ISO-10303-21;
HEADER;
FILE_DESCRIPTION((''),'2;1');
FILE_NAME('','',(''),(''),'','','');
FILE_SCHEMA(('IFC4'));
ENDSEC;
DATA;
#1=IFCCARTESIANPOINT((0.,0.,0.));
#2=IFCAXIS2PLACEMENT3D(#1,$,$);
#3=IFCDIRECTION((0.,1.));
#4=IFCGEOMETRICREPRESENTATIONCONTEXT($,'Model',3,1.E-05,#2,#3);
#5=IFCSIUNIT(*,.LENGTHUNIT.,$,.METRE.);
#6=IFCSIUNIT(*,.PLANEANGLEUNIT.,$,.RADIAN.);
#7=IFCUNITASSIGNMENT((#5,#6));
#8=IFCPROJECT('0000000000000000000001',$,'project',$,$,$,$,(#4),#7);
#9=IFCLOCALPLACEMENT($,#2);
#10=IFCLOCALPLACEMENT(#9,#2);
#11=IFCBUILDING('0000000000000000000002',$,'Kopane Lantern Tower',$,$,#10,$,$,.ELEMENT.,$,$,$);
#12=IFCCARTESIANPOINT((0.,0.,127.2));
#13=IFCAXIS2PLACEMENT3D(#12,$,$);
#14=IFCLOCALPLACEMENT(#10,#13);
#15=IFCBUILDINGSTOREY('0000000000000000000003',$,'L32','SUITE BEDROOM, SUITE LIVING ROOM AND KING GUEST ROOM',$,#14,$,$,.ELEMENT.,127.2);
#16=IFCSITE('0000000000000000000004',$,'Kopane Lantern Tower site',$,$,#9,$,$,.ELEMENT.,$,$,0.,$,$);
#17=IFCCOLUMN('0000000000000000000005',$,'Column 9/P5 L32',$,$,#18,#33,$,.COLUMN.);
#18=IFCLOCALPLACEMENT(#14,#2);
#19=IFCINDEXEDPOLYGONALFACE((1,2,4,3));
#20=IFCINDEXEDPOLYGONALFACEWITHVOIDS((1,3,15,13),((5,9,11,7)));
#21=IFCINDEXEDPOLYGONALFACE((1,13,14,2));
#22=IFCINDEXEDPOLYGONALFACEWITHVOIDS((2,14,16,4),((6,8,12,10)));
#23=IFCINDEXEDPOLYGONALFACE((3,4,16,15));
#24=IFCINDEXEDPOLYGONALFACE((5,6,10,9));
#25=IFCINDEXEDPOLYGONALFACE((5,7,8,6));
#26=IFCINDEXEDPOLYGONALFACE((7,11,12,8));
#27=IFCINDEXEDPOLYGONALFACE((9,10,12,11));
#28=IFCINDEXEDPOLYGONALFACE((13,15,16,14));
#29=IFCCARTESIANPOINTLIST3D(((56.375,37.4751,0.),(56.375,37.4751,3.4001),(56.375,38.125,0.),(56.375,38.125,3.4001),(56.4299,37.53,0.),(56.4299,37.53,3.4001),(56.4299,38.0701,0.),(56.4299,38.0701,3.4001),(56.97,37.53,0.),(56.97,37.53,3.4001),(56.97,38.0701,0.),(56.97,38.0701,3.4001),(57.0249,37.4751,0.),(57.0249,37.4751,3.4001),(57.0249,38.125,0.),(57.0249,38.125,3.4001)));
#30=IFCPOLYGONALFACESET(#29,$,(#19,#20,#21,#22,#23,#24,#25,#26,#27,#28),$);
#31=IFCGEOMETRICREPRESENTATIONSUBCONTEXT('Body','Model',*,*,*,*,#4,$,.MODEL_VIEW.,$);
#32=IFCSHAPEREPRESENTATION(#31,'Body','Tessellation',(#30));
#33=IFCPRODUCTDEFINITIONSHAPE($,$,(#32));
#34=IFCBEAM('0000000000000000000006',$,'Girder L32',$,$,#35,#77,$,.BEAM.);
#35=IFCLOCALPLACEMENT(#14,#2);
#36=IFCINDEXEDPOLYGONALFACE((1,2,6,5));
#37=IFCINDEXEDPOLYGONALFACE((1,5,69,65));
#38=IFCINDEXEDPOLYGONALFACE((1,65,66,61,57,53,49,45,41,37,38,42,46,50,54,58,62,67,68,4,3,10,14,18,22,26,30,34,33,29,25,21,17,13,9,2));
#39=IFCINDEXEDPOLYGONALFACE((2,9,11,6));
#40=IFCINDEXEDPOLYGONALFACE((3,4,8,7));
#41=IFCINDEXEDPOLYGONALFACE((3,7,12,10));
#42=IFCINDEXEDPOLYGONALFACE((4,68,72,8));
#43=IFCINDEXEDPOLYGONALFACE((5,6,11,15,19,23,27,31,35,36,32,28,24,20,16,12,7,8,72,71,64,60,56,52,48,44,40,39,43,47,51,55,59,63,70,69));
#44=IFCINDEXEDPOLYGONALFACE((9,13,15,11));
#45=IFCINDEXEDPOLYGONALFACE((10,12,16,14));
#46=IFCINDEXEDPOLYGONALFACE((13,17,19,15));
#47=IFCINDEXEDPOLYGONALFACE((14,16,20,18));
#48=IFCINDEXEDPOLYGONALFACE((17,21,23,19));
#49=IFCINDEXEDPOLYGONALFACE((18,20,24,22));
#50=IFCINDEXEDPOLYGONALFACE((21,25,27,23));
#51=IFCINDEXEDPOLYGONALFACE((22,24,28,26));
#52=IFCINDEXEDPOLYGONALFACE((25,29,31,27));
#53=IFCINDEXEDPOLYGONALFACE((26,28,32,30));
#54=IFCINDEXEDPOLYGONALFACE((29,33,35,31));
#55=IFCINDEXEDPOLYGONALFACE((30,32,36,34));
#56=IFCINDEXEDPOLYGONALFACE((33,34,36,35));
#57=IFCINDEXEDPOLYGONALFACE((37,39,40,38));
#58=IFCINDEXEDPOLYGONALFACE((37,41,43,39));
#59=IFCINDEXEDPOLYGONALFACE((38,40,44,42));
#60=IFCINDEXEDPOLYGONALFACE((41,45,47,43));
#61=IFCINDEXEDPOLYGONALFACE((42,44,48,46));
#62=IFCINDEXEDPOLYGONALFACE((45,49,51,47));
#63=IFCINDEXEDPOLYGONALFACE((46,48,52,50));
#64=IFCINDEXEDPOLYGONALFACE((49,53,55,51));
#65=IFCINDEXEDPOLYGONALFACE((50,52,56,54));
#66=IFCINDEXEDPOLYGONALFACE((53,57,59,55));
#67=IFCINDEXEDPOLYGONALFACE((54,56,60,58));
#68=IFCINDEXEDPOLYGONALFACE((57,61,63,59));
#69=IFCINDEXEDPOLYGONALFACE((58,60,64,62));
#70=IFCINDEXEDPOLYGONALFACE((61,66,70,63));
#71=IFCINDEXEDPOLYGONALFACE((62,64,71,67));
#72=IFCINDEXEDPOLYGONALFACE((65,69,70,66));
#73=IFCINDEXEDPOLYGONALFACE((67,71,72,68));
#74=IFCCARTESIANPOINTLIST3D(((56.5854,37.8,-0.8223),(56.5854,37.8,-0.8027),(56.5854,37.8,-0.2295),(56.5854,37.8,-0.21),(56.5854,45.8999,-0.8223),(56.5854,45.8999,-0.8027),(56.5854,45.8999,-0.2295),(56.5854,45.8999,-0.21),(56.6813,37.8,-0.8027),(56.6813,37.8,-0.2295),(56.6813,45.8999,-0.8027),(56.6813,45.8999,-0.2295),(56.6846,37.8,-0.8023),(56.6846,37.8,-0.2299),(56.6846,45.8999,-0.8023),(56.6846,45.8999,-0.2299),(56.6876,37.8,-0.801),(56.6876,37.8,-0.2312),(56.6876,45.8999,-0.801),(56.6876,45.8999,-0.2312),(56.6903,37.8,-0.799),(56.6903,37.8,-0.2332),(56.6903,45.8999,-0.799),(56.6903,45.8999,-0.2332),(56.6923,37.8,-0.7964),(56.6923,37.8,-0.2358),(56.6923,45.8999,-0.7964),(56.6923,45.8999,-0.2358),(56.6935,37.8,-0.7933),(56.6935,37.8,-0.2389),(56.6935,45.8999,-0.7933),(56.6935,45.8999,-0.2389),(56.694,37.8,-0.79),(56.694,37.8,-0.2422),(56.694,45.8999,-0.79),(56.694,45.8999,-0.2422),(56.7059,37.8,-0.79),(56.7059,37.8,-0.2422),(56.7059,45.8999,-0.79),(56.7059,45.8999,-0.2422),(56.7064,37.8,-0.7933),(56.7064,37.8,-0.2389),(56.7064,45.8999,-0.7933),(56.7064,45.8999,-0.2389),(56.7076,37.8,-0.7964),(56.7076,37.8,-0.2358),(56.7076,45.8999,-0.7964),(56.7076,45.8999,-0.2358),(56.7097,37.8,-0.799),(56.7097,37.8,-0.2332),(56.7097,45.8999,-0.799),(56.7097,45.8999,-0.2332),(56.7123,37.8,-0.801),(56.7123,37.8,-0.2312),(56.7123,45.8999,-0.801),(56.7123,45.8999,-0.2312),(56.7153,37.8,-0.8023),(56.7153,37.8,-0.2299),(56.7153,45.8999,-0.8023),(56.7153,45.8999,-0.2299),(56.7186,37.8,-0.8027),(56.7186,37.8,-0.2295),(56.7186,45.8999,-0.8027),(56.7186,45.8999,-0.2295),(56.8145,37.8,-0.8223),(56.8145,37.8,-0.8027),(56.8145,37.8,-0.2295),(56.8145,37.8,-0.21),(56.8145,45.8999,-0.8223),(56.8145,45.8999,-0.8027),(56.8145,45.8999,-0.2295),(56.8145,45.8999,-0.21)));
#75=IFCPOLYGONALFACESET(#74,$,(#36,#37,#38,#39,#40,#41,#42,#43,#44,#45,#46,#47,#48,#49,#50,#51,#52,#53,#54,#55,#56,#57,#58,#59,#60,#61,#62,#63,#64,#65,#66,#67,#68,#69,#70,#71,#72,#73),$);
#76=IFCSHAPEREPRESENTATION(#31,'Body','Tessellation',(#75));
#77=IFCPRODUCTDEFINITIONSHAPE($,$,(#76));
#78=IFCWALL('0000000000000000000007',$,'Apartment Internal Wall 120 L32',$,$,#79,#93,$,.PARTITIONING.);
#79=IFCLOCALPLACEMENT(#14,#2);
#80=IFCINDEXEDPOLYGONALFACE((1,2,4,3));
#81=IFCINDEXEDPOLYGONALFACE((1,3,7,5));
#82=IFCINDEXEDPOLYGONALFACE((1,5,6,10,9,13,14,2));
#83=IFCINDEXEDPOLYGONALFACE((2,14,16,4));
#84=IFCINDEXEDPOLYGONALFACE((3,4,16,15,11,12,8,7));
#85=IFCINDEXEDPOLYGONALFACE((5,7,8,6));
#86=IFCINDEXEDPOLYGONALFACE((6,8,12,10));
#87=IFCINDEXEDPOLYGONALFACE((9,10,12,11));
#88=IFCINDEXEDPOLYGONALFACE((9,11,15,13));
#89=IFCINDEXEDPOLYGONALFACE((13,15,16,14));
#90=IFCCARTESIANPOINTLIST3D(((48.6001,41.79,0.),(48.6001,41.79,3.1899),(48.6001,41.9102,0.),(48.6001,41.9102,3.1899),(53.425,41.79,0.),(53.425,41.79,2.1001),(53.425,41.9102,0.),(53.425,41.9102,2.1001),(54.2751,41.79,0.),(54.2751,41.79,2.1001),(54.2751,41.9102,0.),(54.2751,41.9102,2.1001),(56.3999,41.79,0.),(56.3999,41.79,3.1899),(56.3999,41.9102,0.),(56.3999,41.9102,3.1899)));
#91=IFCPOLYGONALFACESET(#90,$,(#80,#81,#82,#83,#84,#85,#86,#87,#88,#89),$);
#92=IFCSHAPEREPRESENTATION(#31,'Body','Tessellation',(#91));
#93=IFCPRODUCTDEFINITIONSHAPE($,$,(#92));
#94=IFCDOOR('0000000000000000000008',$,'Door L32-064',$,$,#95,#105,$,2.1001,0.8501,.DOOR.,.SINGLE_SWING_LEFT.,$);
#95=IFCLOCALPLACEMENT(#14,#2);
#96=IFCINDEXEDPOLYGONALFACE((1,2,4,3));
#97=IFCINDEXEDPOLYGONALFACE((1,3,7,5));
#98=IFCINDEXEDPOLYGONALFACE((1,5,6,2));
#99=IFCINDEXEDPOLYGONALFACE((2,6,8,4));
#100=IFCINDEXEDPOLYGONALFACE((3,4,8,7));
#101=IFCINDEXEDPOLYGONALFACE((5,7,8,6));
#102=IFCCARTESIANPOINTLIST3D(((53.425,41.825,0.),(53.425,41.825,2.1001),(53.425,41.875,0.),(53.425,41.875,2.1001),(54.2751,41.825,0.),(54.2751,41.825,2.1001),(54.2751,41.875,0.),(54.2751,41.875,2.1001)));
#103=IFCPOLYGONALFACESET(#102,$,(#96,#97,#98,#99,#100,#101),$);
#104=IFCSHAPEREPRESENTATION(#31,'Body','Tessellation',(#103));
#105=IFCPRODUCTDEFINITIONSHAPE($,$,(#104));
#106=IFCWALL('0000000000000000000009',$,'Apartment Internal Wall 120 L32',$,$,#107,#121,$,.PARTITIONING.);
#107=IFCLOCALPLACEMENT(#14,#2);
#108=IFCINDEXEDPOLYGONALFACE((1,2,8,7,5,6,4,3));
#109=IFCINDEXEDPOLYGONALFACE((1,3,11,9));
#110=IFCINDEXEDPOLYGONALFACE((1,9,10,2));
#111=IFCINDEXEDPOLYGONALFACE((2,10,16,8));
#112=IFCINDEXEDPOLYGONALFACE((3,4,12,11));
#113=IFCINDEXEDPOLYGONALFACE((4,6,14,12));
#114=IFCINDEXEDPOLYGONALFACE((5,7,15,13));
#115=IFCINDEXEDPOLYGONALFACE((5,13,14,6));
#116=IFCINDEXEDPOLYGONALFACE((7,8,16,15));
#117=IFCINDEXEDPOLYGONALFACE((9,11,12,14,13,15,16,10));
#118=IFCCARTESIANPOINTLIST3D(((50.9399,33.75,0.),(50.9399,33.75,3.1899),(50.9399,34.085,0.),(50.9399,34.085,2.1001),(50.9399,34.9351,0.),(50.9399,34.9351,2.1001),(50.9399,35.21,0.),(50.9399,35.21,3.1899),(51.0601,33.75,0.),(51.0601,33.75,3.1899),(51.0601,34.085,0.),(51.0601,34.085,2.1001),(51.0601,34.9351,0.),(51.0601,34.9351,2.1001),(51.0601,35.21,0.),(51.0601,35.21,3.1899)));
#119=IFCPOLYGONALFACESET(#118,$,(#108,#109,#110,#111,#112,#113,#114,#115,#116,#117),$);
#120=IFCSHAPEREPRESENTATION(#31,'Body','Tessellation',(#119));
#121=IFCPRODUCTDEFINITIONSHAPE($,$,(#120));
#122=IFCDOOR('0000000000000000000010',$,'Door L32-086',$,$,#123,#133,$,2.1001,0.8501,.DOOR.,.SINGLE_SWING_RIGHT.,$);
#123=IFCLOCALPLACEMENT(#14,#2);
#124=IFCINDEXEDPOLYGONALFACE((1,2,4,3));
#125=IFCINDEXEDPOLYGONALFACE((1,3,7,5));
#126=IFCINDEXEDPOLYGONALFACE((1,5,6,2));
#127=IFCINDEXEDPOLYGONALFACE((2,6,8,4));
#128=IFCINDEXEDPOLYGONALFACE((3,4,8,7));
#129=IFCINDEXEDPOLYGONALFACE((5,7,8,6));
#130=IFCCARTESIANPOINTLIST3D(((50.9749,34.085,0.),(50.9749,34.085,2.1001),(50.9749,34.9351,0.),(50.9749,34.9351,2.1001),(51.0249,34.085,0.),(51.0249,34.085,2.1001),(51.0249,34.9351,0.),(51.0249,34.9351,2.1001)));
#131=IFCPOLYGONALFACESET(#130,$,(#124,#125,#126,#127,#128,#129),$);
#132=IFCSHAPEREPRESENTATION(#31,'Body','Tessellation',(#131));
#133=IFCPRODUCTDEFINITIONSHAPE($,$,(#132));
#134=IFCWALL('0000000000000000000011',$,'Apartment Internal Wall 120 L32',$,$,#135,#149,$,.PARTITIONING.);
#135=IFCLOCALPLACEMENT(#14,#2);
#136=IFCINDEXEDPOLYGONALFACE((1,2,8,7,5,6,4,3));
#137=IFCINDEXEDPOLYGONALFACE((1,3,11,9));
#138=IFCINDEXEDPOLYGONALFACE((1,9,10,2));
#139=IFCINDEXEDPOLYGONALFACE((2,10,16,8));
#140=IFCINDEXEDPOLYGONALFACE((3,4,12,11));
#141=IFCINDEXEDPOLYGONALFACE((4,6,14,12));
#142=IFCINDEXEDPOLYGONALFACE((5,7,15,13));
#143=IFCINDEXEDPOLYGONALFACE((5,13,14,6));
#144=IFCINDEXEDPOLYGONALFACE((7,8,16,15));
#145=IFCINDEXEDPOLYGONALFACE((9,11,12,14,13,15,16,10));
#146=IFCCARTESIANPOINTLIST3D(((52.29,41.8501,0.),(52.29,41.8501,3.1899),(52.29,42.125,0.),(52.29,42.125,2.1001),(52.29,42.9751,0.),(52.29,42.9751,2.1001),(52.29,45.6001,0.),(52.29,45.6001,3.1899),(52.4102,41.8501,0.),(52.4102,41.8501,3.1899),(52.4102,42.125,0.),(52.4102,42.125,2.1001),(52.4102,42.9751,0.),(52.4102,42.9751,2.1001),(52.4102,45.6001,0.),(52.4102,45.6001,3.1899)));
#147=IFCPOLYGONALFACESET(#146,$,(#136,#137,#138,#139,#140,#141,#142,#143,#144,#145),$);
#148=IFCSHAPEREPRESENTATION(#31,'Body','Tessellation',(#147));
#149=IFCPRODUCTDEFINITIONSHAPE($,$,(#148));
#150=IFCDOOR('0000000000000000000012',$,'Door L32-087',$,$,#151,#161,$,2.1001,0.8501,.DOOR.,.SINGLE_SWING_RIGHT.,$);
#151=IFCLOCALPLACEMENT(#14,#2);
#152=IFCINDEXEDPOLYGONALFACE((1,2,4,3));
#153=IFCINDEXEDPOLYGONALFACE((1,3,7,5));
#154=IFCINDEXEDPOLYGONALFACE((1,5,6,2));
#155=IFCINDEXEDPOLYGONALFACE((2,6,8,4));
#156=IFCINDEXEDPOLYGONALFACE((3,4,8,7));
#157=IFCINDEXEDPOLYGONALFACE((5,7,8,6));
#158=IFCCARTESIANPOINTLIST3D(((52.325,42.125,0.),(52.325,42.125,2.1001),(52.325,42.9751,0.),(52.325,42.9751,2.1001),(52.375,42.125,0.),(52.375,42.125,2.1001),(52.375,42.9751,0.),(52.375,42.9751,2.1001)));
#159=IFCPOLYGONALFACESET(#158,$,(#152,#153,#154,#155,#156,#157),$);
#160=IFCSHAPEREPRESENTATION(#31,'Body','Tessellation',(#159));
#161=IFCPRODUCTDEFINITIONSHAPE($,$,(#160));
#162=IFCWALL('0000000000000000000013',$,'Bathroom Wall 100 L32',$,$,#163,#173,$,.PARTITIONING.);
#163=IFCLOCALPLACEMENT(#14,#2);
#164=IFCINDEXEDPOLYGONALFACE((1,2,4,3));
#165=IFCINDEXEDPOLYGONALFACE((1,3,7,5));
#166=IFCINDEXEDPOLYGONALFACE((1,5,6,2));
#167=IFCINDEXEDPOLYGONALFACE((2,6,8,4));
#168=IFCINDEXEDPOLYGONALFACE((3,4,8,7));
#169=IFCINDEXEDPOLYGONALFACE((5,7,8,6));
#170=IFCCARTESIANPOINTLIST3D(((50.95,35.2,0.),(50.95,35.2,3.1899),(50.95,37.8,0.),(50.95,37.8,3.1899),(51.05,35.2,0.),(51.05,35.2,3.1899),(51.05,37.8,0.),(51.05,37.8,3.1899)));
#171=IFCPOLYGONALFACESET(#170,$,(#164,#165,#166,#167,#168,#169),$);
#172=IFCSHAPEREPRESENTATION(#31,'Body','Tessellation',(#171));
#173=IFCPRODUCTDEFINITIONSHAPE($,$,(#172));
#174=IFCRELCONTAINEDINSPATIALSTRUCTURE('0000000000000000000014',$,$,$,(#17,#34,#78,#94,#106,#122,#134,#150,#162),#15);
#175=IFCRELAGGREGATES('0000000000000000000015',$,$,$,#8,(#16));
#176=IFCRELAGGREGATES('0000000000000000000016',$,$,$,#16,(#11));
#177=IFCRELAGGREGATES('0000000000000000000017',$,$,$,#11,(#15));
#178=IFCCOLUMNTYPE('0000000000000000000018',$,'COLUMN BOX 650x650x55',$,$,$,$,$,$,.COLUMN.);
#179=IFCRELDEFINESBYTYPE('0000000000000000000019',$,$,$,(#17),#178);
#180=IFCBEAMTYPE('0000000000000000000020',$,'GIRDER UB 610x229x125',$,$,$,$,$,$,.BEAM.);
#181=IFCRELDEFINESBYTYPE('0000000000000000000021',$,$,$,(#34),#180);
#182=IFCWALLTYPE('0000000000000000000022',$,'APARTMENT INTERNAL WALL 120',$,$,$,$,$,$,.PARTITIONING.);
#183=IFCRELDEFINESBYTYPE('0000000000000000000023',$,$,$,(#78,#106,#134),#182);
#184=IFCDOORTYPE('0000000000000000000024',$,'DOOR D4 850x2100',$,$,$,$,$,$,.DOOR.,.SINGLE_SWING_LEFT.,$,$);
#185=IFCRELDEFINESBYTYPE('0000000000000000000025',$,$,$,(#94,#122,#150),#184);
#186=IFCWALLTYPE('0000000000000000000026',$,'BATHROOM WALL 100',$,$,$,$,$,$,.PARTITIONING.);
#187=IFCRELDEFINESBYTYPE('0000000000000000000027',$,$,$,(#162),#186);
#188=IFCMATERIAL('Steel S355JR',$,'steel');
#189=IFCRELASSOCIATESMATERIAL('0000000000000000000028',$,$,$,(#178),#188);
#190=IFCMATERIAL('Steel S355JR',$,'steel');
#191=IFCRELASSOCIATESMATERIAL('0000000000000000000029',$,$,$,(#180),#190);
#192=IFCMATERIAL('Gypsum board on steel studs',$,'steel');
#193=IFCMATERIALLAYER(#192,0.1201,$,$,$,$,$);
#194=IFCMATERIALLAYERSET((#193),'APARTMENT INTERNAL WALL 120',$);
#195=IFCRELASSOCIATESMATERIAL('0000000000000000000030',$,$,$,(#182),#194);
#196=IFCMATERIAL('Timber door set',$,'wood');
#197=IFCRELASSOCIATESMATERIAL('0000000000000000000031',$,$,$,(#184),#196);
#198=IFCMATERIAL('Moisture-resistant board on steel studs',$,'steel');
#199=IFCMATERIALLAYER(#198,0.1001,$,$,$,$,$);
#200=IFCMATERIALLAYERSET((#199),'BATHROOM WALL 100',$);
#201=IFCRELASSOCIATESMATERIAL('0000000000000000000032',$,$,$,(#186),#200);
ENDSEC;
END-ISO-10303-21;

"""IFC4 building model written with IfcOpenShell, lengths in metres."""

from ifc_helpers import new_model, si_unit, direction, frame, frame_2d, origin, origin_2d, place, context, subcontext, project, spatial, rectangle, hollow_rectangle, i_section, extrude, material, layer, layer_set, material_profile, profile_set, type_object, element, fill, save


model = new_model("IFC4")

# Units and contexts
model_context = context("Model", 3, precision=1e-05, world=origin(), true_north=direction((0.0, 1.0)))
body_context = subcontext(model_context, "Body", "Model", "MODEL_VIEW")
ifc_project = project(units=[si_unit("LENGTHUNIT", "METRE"), si_unit("PLANEANGLEUNIT", "RADIAN")], contexts=[model_context])

# Site, building, storey
site_placement = place(None, origin())
site = spatial("IfcSite", under=ifc_project, at=site_placement, Name="Kopane Lantern Tower site", CompositionType="ELEMENT", RefElevation=0.0)
building_placement = place(site_placement, origin())
building = spatial("IfcBuilding", under=site, at=building_placement, Name="Kopane Lantern Tower", CompositionType="ELEMENT")
storey_placement = place(building_placement, frame((0.0, 0.0, 127.2)))
storey = spatial("IfcBuildingStorey", under=building, at=storey_placement, Name="L32", Description="SUITE BEDROOM, SUITE LIVING ROOM AND KING GUEST ROOM", CompositionType="ELEMENT", Elevation=127.2)

# Column
ifc_material_1 = material(Name="Steel S355JR", Category="steel")
ifc_material_profile_1 = material_profile(ifc_material_1, hollow_rectangle(XDim=0.6499, YDim=0.6499, WallThickness=0.0549, at=origin_2d()), Name="BOX 650x650x55")
ifc_profile_set_1 = profile_set([ifc_material_profile_1], Name="Steel S355JR")
column_type = type_object("IfcColumnType", Name="COLUMN BOX 650x650x55", PredefinedType="COLUMN", material=ifc_profile_set_1)
column_placement = place(storey_placement, frame((56.7, 37.8, 0.0), z_axis=(0.0, 0.0, 1.0), x_axis=(1.0, 0.0, 0.0)))
element("IfcColumn", 1, at=column_placement, inside=storey, type_object=column_type, Name="Column 9/P5 L32", PredefinedType="COLUMN", context=body_context, shape_type="SweptSolid", body=[
    extrude(hollow_rectangle(XDim=0.6499, YDim=0.6499, WallThickness=0.0549, at=origin_2d()), origin(), (0.0, 0.0, 1.0), 3.4001),
])

# Beam
ifc_material_2 = material(Name="Steel S355JR", Category="steel")
ifc_material_profile_2 = material_profile(ifc_material_2, i_section(OverallWidth=0.229, OverallDepth=0.6123, WebThickness=0.012, FlangeThickness=0.0195, FilletRadius=0.0127, at=origin_2d()), Name="UB 610x229x125")
ifc_profile_set_2 = profile_set([ifc_material_profile_2], Name="Steel S355JR")
beam_type = type_object("IfcBeamType", Name="GIRDER UB 610x229x125", PredefinedType="BEAM", material=ifc_profile_set_2)
beam_placement = place(storey_placement, frame((56.7, 37.8, -0.5161), z_axis=(0.0, 1.0, 0.0), x_axis=(-1.0, 0.0, 0.0)))
element("IfcBeam", 2, at=beam_placement, inside=storey, type_object=beam_type, Name="Girder L32", PredefinedType="BEAM", context=body_context, shape_type="SweptSolid", body=[
    extrude(i_section(OverallWidth=0.229, OverallDepth=0.6123, WebThickness=0.012, FlangeThickness=0.0195, FilletRadius=0.0127, at=origin_2d()), origin(), (0.0, 0.0, 1.0), 8.0999),
])

# Walls, openings, doors
ifc_material_3 = material(Name="Gypsum board on steel studs", Category="steel")
ifc_layer_1 = layer(ifc_material_3, 0.1201)
ifc_layer_set_1 = layer_set([ifc_layer_1], Name="APARTMENT INTERNAL WALL 120")
wall_type_1 = type_object("IfcWallType", Name="APARTMENT INTERNAL WALL 120", PredefinedType="PARTITIONING", material=ifc_layer_set_1)
wall_1_placement = place(storey_placement, frame((48.6001, 41.8501, 0.0), z_axis=(0.0, 0.0, 1.0), x_axis=(1.0, 0.0, 0.0)))
wall_1 = element("IfcWall", 3, at=wall_1_placement, inside=storey, type_object=wall_type_1, Name="Apartment Internal Wall 120 L32", PredefinedType="PARTITIONING", context=body_context, shape_type="SweptSolid", body=[
    extrude(rectangle(XDim=7.7998, YDim=0.1201, at=frame_2d((3.8999, 0.0))), origin(), (0.0, 0.0, 1.0), 3.1899),
])
opening_1_placement = place(wall_1_placement, frame((4.825, 0.0, 0.0)))
opening_1 = element("IfcOpeningElement", 4, at=opening_1_placement, cuts=wall_1, PredefinedType="OPENING", context=body_context, shape_type="SweptSolid", body=[
    extrude(rectangle(XDim=0.8501, YDim=2.1001, at=frame_2d((0.425, 1.05))), frame((0.0, 0.0701, 0.0), z_axis=(0.0, -1.0, 0.0), x_axis=(1.0, 0.0, 0.0)), (0.0, 0.0, 1.0), 0.1401),
])
ifc_material_4 = material(Name="Timber door set", Category="wood")
door_type_1 = type_object("IfcDoorType", Name="DOOR D4 850x2100", OperationType="SINGLE_SWING_LEFT", PredefinedType="DOOR", material=ifc_material_4)
door_1_placement = place(opening_1_placement, origin())
door_1 = element("IfcDoor", 5, at=door_1_placement, inside=storey, type_object=door_type_1, Name="Door L32-064", OperationType="SINGLE_SWING_LEFT", OverallHeight=2.1001, OverallWidth=0.8501, PredefinedType="DOOR", context=body_context, shape_type="SweptSolid", body=[
    extrude(rectangle(XDim=0.8501, YDim=2.1001, at=frame_2d((0.425, 1.05))), frame((0.0, 0.0249, 0.0), z_axis=(0.0, -1.0, 0.0), x_axis=(1.0, 0.0, 0.0)), (0.0, 0.0, 1.0), 0.05),
])
fill(opening_1, door_1)
wall_2_placement = place(storey_placement, frame((51.0, 35.21, 0.0), z_axis=(0.0, 0.0, 1.0), x_axis=(0.0, -1.0, 0.0)))
wall_2 = element("IfcWall", 6, at=wall_2_placement, inside=storey, type_object=wall_type_1, Name="Apartment Internal Wall 120 L32", PredefinedType="PARTITIONING", context=body_context, shape_type="SweptSolid", body=[
    extrude(rectangle(XDim=1.46, YDim=0.1201, at=frame_2d((0.73, 0.0))), origin(), (0.0, 0.0, 1.0), 3.1899),
])
opening_2_placement = place(wall_2_placement, frame((0.2749, 0.0, 0.0)))
opening_2 = element("IfcOpeningElement", 7, at=opening_2_placement, cuts=wall_2, PredefinedType="OPENING", context=body_context, shape_type="SweptSolid", body=[
    extrude(rectangle(XDim=0.8501, YDim=2.1001, at=frame_2d((0.425, 1.05))), frame((0.0, 0.0701, 0.0), z_axis=(0.0, -1.0, 0.0), x_axis=(1.0, 0.0, 0.0)), (0.0, 0.0, 1.0), 0.1401),
])
door_2_placement = place(opening_2_placement, origin())
door_2 = element("IfcDoor", 8, at=door_2_placement, inside=storey, type_object=door_type_1, Name="Door L32-086", OperationType="SINGLE_SWING_RIGHT", OverallHeight=2.1001, OverallWidth=0.8501, PredefinedType="DOOR", context=body_context, shape_type="SweptSolid", body=[
    extrude(rectangle(XDim=0.8501, YDim=2.1001, at=frame_2d((0.425, 1.05))), frame((0.0, 0.0249, 0.0), z_axis=(0.0, -1.0, 0.0), x_axis=(1.0, 0.0, 0.0)), (0.0, 0.0, 1.0), 0.05),
])
fill(opening_2, door_2)
wall_3_placement = place(storey_placement, frame((52.3501, 45.6001, 0.0), z_axis=(0.0, 0.0, 1.0), x_axis=(0.0, -1.0, 0.0)))
wall_3 = element("IfcWall", 9, at=wall_3_placement, inside=storey, type_object=wall_type_1, Name="Apartment Internal Wall 120 L32", PredefinedType="PARTITIONING", context=body_context, shape_type="SweptSolid", body=[
    extrude(rectangle(XDim=3.75, YDim=0.1201, at=frame_2d((1.875, 0.0))), origin(), (0.0, 0.0, 1.0), 3.1899),
])
opening_3_placement = place(wall_3_placement, frame((2.625, 0.0, 0.0)))
opening_3 = element("IfcOpeningElement", 10, at=opening_3_placement, cuts=wall_3, PredefinedType="OPENING", context=body_context, shape_type="SweptSolid", body=[
    extrude(rectangle(XDim=0.8501, YDim=2.1001, at=frame_2d((0.425, 1.05))), frame((0.0, 0.0701, 0.0), z_axis=(0.0, -1.0, 0.0), x_axis=(1.0, 0.0, 0.0)), (0.0, 0.0, 1.0), 0.1401),
])
door_3_placement = place(opening_3_placement, origin())
door_3 = element("IfcDoor", 11, at=door_3_placement, inside=storey, type_object=door_type_1, Name="Door L32-087", OperationType="SINGLE_SWING_RIGHT", OverallHeight=2.1001, OverallWidth=0.8501, PredefinedType="DOOR", context=body_context, shape_type="SweptSolid", body=[
    extrude(rectangle(XDim=0.8501, YDim=2.1001, at=frame_2d((0.425, 1.05))), frame((0.0, 0.0249, 0.0), z_axis=(0.0, -1.0, 0.0), x_axis=(1.0, 0.0, 0.0)), (0.0, 0.0, 1.0), 0.05),
])
fill(opening_3, door_3)

# Wall
ifc_material_5 = material(Name="Moisture-resistant board on steel studs", Category="steel")
ifc_layer_2 = layer(ifc_material_5, 0.1001)
ifc_layer_set_2 = layer_set([ifc_layer_2], Name="BATHROOM WALL 100")
wall_type_2 = type_object("IfcWallType", Name="BATHROOM WALL 100", PredefinedType="PARTITIONING", material=ifc_layer_set_2)
wall_4_placement = place(storey_placement, frame((51.0, 35.2, 0.0), z_axis=(0.0, 0.0, 1.0), x_axis=(0.0, 1.0, 0.0)))
element("IfcWall", 12, at=wall_4_placement, inside=storey, type_object=wall_type_2, Name="Bathroom Wall 100 L32", PredefinedType="PARTITIONING", context=body_context, shape_type="SweptSolid", body=[
    extrude(rectangle(XDim=2.6001, YDim=0.1001, at=frame_2d((1.3, 0.0))), origin(), (0.0, 0.0, 1.0), 3.1899),
])

save(model, "model.ifc")
